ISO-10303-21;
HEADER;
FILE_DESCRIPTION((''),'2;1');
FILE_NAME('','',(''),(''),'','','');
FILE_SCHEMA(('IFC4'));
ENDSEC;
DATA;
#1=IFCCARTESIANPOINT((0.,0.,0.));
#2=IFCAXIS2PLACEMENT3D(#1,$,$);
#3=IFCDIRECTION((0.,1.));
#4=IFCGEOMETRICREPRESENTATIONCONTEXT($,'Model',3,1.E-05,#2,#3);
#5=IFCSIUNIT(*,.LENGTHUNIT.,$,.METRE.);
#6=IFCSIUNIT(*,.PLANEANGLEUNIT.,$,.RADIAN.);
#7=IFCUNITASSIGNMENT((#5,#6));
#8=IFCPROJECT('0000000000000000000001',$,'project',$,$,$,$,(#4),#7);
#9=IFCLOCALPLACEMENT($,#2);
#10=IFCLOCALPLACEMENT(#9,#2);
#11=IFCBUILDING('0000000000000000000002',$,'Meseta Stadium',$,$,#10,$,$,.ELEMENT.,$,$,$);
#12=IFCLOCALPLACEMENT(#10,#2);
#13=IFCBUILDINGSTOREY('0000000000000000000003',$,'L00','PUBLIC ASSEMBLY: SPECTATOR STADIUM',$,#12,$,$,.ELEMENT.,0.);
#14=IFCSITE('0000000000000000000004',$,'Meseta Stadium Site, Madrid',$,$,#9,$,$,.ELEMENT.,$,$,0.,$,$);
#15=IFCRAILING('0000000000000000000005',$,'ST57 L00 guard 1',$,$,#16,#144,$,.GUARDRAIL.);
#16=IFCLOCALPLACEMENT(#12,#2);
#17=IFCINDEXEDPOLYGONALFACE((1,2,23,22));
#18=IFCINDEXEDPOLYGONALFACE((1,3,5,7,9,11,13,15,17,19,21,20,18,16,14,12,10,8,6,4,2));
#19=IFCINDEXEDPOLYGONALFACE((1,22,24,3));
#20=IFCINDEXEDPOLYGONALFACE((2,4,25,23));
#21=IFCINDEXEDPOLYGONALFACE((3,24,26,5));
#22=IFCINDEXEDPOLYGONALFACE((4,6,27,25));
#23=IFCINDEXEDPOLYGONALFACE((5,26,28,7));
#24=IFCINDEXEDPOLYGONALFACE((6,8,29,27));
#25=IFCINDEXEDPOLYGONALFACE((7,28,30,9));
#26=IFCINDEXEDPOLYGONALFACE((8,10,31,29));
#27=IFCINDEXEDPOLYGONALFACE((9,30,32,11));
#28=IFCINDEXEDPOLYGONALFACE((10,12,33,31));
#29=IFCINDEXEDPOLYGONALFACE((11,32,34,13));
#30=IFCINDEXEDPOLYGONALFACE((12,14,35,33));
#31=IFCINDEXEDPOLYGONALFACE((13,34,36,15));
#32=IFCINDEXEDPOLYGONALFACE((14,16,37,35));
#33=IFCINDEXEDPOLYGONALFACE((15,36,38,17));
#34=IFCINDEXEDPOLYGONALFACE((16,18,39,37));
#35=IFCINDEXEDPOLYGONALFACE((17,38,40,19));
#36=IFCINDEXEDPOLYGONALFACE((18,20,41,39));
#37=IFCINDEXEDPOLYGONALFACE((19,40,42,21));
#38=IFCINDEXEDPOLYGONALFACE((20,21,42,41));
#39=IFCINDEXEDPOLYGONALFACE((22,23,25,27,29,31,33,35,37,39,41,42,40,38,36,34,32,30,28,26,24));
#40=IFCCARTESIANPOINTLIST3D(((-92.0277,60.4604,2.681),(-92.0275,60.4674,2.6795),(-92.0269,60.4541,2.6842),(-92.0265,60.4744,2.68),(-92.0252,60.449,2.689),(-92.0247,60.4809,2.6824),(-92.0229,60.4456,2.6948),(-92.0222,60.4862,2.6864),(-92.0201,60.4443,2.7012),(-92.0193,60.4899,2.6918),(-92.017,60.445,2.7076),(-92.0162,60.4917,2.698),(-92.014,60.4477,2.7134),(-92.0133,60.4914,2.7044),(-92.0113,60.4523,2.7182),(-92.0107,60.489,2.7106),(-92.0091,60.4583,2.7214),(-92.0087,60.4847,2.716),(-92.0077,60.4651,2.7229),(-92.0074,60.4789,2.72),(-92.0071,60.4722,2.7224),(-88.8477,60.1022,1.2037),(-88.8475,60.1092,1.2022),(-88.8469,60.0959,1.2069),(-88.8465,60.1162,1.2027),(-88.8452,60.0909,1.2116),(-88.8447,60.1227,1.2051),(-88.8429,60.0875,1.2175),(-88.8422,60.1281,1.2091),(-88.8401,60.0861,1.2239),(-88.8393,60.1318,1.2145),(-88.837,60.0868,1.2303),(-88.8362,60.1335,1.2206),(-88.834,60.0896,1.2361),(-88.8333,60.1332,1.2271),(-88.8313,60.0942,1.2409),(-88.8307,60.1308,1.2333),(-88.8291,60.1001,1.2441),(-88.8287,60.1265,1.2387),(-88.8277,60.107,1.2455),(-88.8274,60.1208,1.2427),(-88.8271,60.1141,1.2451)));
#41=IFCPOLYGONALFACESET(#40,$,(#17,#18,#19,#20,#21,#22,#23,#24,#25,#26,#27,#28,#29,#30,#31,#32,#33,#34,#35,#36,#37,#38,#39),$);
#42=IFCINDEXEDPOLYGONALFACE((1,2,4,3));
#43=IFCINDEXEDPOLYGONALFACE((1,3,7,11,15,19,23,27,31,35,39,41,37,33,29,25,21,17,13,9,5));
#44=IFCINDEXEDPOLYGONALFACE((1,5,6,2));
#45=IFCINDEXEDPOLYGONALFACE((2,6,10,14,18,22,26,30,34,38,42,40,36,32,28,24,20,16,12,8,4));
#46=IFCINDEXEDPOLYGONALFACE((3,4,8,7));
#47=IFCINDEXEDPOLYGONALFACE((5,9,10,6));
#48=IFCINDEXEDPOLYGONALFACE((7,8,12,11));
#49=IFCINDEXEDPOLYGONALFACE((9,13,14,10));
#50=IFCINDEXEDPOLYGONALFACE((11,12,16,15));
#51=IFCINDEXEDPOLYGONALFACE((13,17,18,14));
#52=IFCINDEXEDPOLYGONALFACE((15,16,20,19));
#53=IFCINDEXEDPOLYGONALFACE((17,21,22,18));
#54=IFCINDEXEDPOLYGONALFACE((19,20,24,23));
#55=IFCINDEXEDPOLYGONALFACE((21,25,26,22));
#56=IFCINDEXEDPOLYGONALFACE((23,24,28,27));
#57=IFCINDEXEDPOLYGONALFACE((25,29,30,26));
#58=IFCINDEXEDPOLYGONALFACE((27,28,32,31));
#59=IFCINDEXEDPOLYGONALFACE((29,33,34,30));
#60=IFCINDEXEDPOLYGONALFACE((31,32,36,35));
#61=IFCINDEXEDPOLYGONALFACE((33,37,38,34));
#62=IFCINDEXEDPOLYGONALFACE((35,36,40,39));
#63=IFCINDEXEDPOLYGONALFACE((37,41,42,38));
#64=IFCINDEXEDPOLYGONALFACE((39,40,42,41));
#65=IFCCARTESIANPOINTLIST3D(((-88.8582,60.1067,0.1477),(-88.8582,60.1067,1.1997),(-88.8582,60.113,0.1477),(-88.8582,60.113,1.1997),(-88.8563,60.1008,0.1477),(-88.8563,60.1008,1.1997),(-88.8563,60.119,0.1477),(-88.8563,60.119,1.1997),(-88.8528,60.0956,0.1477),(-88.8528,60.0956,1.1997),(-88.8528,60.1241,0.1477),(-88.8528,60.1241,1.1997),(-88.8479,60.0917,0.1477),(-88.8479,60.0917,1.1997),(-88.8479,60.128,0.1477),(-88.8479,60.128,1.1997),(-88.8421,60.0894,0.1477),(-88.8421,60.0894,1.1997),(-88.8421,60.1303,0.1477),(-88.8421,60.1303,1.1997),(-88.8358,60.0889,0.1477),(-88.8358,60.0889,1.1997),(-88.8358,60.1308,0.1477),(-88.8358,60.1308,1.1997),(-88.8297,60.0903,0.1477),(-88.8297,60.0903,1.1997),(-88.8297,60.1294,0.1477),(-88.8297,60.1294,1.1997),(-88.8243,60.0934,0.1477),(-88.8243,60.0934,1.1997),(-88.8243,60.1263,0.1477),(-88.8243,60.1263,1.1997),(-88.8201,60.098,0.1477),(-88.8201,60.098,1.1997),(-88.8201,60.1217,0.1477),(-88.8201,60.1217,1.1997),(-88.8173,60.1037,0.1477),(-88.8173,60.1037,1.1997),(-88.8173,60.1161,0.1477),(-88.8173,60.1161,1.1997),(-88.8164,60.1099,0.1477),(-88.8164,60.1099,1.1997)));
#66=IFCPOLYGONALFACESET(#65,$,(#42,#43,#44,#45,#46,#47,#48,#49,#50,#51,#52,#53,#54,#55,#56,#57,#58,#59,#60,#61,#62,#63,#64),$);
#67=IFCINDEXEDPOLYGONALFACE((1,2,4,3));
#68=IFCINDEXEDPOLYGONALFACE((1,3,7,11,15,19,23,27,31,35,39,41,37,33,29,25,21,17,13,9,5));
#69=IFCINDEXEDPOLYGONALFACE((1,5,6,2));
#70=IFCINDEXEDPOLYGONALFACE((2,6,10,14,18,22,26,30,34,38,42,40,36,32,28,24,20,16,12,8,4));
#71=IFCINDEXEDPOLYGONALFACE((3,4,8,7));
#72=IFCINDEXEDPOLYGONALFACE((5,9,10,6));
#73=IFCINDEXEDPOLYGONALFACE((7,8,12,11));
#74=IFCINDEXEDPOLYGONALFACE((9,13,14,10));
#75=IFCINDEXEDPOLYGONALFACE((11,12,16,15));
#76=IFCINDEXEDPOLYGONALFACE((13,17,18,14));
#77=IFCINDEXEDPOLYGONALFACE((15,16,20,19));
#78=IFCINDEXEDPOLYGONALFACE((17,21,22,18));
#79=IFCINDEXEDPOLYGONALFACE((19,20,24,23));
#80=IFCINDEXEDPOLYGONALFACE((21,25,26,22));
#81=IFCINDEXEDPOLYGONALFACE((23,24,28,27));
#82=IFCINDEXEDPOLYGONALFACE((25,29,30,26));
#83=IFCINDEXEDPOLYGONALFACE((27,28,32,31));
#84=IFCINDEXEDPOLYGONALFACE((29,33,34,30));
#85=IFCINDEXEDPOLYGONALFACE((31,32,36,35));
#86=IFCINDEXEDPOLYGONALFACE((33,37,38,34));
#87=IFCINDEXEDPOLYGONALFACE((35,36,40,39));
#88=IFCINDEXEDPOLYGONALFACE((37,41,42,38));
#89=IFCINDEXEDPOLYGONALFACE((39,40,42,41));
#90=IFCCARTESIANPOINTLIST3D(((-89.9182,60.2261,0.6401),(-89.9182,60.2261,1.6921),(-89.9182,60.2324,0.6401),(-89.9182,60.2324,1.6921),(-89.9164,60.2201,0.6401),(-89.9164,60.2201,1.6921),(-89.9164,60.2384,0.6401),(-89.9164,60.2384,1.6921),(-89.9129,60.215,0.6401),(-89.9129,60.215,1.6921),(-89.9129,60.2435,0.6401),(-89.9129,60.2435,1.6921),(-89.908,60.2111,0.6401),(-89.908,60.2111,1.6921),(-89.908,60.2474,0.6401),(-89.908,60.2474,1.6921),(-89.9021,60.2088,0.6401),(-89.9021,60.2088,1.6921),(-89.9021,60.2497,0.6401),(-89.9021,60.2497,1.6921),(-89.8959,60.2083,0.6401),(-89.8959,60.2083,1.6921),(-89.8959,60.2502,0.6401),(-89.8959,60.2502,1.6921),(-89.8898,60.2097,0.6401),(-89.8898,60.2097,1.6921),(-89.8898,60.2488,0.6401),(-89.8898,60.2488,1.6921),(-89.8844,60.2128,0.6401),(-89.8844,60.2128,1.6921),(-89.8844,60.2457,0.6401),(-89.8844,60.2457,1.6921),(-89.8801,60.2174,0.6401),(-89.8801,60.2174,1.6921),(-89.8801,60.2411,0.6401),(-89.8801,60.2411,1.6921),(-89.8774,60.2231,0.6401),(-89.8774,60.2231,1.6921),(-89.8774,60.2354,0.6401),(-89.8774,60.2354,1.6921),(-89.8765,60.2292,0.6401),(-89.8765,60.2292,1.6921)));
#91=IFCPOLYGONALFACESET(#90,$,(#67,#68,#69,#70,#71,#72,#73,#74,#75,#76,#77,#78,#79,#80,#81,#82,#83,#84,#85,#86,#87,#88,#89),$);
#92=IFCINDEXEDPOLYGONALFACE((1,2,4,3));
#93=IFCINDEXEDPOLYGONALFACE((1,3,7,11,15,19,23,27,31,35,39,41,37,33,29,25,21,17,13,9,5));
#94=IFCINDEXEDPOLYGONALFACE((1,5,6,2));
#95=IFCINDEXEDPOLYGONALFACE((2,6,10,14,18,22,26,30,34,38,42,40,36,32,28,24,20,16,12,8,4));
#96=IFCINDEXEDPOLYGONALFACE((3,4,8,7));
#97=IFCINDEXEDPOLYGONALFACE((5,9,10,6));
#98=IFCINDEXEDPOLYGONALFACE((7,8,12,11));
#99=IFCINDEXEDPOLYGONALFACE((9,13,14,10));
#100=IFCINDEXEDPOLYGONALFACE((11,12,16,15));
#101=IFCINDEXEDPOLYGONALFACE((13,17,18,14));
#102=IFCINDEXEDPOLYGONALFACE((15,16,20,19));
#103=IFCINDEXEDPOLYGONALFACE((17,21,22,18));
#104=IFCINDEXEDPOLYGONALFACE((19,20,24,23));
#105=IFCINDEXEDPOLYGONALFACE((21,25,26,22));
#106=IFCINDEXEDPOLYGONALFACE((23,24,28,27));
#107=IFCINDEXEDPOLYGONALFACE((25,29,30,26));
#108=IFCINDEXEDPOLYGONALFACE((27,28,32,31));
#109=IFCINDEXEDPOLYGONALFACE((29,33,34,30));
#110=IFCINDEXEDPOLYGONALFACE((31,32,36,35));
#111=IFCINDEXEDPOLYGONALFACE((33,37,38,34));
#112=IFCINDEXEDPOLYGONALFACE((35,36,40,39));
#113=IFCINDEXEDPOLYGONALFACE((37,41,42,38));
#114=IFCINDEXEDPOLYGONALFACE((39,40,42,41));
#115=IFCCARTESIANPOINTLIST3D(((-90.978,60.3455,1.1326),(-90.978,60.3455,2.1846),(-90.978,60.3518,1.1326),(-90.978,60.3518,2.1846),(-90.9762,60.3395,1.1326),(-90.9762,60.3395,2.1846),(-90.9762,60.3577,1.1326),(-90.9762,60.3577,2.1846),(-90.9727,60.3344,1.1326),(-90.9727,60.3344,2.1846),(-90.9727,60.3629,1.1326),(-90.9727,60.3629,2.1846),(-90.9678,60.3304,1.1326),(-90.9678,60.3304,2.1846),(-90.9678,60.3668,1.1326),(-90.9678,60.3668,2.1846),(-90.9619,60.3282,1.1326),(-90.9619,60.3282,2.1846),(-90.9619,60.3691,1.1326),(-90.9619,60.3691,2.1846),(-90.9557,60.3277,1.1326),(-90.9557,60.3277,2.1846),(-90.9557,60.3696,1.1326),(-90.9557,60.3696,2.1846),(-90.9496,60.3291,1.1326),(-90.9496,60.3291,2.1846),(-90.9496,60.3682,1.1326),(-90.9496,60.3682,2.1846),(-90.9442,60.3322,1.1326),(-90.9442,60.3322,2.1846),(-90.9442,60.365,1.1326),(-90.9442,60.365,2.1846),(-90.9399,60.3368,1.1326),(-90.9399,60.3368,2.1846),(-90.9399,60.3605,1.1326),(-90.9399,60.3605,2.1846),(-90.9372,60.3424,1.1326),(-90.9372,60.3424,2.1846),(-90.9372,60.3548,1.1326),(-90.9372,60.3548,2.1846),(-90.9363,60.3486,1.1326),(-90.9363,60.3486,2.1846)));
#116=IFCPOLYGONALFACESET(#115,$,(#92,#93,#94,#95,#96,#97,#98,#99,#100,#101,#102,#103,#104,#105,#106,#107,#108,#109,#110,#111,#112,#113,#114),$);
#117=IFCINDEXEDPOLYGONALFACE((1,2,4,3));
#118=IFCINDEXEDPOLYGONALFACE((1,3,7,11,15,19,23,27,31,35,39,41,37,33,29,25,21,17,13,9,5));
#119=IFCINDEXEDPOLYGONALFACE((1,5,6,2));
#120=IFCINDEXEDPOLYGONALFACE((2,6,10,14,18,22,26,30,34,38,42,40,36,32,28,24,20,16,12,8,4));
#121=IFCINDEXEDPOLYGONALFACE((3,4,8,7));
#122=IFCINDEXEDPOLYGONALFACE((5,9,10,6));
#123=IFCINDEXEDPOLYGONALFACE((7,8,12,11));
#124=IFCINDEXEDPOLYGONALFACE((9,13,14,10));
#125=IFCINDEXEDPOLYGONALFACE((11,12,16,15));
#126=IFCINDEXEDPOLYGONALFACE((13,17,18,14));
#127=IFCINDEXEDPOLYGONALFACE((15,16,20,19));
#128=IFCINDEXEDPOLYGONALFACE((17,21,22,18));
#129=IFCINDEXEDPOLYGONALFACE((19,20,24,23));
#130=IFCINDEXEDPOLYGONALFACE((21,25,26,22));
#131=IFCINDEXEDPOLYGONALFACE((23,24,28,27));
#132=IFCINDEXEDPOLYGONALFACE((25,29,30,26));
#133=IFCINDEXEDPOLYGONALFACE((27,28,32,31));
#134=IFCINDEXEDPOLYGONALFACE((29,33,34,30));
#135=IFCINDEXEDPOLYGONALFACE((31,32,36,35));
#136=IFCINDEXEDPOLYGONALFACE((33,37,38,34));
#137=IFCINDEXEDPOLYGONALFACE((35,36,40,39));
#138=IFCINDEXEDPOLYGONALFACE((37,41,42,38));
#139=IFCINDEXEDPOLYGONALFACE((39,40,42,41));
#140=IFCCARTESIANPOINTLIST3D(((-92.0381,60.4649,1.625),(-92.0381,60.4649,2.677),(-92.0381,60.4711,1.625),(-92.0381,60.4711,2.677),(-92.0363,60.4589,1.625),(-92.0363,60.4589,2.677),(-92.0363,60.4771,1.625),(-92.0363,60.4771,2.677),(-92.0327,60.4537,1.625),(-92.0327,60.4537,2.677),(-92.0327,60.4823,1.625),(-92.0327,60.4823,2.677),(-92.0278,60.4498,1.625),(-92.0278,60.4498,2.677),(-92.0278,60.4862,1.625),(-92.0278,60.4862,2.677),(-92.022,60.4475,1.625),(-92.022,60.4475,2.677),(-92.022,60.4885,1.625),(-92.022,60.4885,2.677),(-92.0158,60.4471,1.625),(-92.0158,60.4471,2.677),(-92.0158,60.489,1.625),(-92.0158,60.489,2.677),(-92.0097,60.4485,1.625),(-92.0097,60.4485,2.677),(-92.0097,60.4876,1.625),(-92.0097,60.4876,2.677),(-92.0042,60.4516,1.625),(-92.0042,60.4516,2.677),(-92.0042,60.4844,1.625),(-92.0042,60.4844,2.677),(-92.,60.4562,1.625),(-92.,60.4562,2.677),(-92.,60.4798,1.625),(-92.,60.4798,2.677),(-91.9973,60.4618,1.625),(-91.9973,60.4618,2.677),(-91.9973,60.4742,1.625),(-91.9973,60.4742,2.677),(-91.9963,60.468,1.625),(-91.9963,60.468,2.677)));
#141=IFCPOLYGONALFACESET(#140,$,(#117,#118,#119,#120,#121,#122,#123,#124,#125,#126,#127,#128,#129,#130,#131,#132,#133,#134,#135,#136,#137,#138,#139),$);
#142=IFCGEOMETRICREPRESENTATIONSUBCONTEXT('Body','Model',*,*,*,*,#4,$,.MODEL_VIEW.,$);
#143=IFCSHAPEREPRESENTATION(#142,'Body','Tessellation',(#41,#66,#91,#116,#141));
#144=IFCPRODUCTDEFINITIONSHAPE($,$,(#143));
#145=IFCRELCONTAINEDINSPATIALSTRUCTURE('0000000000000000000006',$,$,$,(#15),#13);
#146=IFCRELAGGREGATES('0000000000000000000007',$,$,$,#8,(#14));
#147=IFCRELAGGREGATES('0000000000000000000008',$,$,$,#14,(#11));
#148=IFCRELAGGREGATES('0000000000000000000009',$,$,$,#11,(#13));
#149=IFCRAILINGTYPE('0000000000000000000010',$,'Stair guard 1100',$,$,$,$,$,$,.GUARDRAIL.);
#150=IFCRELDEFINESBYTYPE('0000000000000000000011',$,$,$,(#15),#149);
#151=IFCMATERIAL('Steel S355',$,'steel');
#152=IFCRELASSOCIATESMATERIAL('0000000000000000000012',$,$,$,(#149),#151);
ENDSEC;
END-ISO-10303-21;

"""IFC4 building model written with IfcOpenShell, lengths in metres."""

from ifc_helpers import new_model, si_unit, direction, frame, origin, origin_2d, place, context, subcontext, project, spatial, circle, extrude, material, type_object, element, save


model = new_model("IFC4")

# Units and contexts
model_context = context("Model", 3, precision=1e-05, world=origin(), true_north=direction((0.0, 1.0)))
body_context = subcontext(model_context, "Body", "Model", "MODEL_VIEW")
ifc_project = project(units=[si_unit("LENGTHUNIT", "METRE"), si_unit("PLANEANGLEUNIT", "RADIAN")], contexts=[model_context])

# Site, building, storey
site_placement = place(None, origin())
site = spatial("IfcSite", under=ifc_project, at=site_placement, Name="Meseta Stadium Site, Madrid", CompositionType="ELEMENT", RefElevation=0.0)
building_placement = place(site_placement, origin())
building = spatial("IfcBuilding", under=site, at=building_placement, Name="Meseta Stadium", CompositionType="ELEMENT")
storey_placement = place(building_placement, origin())
storey = spatial("IfcBuildingStorey", under=building, at=storey_placement, Name="L00", Description="PUBLIC ASSEMBLY: SPECTATOR STADIUM", CompositionType="ELEMENT", Elevation=0.0)

# Railing
ifc_material_1 = material(Name="Steel S355", Category="steel")
railing_type_1 = type_object("IfcRailingType", Name="Stair guard 1100", PredefinedType="GUARDRAIL", material=ifc_material_1)
railing_1_placement = place(storey_placement, frame((-88.8374, 60.1099, 0.1477)))
element("IfcRailing", 1, at=railing_1_placement, inside=storey, type_object=railing_type_1, Name="ST57 L00 guard 1", PredefinedType="GUARDRAIL", context=body_context, shape_type="SweptSolid", body=[
    extrude(circle(Radius=0.0239, at=origin_2d()), frame((0.0, 0.0, 1.0762), z_axis=(-0.902217, 0.101616, 0.419141), x_axis=(-0.111922, -0.993717, 0.0)), (0.0, 0.0, 1.0), 3.5247),
    extrude(circle(Radius=0.021, at=origin_2d()), origin(), (0.0, 0.0, 1.0), 1.052),
    extrude(circle(Radius=0.021, at=origin_2d()), frame((-1.0601, 0.1194, 0.4924)), (0.0, 0.0, 1.0), 1.052),
    extrude(circle(Radius=0.021, at=origin_2d()), frame((-2.1199, 0.2388, 0.9849)), (0.0, 0.0, 1.0), 1.052),
    extrude(circle(Radius=0.021, at=origin_2d()), frame((-3.1799, 0.3582, 1.4773)), (0.0, 0.0, 1.0), 1.052),
])

save(model, "model.ifc")
